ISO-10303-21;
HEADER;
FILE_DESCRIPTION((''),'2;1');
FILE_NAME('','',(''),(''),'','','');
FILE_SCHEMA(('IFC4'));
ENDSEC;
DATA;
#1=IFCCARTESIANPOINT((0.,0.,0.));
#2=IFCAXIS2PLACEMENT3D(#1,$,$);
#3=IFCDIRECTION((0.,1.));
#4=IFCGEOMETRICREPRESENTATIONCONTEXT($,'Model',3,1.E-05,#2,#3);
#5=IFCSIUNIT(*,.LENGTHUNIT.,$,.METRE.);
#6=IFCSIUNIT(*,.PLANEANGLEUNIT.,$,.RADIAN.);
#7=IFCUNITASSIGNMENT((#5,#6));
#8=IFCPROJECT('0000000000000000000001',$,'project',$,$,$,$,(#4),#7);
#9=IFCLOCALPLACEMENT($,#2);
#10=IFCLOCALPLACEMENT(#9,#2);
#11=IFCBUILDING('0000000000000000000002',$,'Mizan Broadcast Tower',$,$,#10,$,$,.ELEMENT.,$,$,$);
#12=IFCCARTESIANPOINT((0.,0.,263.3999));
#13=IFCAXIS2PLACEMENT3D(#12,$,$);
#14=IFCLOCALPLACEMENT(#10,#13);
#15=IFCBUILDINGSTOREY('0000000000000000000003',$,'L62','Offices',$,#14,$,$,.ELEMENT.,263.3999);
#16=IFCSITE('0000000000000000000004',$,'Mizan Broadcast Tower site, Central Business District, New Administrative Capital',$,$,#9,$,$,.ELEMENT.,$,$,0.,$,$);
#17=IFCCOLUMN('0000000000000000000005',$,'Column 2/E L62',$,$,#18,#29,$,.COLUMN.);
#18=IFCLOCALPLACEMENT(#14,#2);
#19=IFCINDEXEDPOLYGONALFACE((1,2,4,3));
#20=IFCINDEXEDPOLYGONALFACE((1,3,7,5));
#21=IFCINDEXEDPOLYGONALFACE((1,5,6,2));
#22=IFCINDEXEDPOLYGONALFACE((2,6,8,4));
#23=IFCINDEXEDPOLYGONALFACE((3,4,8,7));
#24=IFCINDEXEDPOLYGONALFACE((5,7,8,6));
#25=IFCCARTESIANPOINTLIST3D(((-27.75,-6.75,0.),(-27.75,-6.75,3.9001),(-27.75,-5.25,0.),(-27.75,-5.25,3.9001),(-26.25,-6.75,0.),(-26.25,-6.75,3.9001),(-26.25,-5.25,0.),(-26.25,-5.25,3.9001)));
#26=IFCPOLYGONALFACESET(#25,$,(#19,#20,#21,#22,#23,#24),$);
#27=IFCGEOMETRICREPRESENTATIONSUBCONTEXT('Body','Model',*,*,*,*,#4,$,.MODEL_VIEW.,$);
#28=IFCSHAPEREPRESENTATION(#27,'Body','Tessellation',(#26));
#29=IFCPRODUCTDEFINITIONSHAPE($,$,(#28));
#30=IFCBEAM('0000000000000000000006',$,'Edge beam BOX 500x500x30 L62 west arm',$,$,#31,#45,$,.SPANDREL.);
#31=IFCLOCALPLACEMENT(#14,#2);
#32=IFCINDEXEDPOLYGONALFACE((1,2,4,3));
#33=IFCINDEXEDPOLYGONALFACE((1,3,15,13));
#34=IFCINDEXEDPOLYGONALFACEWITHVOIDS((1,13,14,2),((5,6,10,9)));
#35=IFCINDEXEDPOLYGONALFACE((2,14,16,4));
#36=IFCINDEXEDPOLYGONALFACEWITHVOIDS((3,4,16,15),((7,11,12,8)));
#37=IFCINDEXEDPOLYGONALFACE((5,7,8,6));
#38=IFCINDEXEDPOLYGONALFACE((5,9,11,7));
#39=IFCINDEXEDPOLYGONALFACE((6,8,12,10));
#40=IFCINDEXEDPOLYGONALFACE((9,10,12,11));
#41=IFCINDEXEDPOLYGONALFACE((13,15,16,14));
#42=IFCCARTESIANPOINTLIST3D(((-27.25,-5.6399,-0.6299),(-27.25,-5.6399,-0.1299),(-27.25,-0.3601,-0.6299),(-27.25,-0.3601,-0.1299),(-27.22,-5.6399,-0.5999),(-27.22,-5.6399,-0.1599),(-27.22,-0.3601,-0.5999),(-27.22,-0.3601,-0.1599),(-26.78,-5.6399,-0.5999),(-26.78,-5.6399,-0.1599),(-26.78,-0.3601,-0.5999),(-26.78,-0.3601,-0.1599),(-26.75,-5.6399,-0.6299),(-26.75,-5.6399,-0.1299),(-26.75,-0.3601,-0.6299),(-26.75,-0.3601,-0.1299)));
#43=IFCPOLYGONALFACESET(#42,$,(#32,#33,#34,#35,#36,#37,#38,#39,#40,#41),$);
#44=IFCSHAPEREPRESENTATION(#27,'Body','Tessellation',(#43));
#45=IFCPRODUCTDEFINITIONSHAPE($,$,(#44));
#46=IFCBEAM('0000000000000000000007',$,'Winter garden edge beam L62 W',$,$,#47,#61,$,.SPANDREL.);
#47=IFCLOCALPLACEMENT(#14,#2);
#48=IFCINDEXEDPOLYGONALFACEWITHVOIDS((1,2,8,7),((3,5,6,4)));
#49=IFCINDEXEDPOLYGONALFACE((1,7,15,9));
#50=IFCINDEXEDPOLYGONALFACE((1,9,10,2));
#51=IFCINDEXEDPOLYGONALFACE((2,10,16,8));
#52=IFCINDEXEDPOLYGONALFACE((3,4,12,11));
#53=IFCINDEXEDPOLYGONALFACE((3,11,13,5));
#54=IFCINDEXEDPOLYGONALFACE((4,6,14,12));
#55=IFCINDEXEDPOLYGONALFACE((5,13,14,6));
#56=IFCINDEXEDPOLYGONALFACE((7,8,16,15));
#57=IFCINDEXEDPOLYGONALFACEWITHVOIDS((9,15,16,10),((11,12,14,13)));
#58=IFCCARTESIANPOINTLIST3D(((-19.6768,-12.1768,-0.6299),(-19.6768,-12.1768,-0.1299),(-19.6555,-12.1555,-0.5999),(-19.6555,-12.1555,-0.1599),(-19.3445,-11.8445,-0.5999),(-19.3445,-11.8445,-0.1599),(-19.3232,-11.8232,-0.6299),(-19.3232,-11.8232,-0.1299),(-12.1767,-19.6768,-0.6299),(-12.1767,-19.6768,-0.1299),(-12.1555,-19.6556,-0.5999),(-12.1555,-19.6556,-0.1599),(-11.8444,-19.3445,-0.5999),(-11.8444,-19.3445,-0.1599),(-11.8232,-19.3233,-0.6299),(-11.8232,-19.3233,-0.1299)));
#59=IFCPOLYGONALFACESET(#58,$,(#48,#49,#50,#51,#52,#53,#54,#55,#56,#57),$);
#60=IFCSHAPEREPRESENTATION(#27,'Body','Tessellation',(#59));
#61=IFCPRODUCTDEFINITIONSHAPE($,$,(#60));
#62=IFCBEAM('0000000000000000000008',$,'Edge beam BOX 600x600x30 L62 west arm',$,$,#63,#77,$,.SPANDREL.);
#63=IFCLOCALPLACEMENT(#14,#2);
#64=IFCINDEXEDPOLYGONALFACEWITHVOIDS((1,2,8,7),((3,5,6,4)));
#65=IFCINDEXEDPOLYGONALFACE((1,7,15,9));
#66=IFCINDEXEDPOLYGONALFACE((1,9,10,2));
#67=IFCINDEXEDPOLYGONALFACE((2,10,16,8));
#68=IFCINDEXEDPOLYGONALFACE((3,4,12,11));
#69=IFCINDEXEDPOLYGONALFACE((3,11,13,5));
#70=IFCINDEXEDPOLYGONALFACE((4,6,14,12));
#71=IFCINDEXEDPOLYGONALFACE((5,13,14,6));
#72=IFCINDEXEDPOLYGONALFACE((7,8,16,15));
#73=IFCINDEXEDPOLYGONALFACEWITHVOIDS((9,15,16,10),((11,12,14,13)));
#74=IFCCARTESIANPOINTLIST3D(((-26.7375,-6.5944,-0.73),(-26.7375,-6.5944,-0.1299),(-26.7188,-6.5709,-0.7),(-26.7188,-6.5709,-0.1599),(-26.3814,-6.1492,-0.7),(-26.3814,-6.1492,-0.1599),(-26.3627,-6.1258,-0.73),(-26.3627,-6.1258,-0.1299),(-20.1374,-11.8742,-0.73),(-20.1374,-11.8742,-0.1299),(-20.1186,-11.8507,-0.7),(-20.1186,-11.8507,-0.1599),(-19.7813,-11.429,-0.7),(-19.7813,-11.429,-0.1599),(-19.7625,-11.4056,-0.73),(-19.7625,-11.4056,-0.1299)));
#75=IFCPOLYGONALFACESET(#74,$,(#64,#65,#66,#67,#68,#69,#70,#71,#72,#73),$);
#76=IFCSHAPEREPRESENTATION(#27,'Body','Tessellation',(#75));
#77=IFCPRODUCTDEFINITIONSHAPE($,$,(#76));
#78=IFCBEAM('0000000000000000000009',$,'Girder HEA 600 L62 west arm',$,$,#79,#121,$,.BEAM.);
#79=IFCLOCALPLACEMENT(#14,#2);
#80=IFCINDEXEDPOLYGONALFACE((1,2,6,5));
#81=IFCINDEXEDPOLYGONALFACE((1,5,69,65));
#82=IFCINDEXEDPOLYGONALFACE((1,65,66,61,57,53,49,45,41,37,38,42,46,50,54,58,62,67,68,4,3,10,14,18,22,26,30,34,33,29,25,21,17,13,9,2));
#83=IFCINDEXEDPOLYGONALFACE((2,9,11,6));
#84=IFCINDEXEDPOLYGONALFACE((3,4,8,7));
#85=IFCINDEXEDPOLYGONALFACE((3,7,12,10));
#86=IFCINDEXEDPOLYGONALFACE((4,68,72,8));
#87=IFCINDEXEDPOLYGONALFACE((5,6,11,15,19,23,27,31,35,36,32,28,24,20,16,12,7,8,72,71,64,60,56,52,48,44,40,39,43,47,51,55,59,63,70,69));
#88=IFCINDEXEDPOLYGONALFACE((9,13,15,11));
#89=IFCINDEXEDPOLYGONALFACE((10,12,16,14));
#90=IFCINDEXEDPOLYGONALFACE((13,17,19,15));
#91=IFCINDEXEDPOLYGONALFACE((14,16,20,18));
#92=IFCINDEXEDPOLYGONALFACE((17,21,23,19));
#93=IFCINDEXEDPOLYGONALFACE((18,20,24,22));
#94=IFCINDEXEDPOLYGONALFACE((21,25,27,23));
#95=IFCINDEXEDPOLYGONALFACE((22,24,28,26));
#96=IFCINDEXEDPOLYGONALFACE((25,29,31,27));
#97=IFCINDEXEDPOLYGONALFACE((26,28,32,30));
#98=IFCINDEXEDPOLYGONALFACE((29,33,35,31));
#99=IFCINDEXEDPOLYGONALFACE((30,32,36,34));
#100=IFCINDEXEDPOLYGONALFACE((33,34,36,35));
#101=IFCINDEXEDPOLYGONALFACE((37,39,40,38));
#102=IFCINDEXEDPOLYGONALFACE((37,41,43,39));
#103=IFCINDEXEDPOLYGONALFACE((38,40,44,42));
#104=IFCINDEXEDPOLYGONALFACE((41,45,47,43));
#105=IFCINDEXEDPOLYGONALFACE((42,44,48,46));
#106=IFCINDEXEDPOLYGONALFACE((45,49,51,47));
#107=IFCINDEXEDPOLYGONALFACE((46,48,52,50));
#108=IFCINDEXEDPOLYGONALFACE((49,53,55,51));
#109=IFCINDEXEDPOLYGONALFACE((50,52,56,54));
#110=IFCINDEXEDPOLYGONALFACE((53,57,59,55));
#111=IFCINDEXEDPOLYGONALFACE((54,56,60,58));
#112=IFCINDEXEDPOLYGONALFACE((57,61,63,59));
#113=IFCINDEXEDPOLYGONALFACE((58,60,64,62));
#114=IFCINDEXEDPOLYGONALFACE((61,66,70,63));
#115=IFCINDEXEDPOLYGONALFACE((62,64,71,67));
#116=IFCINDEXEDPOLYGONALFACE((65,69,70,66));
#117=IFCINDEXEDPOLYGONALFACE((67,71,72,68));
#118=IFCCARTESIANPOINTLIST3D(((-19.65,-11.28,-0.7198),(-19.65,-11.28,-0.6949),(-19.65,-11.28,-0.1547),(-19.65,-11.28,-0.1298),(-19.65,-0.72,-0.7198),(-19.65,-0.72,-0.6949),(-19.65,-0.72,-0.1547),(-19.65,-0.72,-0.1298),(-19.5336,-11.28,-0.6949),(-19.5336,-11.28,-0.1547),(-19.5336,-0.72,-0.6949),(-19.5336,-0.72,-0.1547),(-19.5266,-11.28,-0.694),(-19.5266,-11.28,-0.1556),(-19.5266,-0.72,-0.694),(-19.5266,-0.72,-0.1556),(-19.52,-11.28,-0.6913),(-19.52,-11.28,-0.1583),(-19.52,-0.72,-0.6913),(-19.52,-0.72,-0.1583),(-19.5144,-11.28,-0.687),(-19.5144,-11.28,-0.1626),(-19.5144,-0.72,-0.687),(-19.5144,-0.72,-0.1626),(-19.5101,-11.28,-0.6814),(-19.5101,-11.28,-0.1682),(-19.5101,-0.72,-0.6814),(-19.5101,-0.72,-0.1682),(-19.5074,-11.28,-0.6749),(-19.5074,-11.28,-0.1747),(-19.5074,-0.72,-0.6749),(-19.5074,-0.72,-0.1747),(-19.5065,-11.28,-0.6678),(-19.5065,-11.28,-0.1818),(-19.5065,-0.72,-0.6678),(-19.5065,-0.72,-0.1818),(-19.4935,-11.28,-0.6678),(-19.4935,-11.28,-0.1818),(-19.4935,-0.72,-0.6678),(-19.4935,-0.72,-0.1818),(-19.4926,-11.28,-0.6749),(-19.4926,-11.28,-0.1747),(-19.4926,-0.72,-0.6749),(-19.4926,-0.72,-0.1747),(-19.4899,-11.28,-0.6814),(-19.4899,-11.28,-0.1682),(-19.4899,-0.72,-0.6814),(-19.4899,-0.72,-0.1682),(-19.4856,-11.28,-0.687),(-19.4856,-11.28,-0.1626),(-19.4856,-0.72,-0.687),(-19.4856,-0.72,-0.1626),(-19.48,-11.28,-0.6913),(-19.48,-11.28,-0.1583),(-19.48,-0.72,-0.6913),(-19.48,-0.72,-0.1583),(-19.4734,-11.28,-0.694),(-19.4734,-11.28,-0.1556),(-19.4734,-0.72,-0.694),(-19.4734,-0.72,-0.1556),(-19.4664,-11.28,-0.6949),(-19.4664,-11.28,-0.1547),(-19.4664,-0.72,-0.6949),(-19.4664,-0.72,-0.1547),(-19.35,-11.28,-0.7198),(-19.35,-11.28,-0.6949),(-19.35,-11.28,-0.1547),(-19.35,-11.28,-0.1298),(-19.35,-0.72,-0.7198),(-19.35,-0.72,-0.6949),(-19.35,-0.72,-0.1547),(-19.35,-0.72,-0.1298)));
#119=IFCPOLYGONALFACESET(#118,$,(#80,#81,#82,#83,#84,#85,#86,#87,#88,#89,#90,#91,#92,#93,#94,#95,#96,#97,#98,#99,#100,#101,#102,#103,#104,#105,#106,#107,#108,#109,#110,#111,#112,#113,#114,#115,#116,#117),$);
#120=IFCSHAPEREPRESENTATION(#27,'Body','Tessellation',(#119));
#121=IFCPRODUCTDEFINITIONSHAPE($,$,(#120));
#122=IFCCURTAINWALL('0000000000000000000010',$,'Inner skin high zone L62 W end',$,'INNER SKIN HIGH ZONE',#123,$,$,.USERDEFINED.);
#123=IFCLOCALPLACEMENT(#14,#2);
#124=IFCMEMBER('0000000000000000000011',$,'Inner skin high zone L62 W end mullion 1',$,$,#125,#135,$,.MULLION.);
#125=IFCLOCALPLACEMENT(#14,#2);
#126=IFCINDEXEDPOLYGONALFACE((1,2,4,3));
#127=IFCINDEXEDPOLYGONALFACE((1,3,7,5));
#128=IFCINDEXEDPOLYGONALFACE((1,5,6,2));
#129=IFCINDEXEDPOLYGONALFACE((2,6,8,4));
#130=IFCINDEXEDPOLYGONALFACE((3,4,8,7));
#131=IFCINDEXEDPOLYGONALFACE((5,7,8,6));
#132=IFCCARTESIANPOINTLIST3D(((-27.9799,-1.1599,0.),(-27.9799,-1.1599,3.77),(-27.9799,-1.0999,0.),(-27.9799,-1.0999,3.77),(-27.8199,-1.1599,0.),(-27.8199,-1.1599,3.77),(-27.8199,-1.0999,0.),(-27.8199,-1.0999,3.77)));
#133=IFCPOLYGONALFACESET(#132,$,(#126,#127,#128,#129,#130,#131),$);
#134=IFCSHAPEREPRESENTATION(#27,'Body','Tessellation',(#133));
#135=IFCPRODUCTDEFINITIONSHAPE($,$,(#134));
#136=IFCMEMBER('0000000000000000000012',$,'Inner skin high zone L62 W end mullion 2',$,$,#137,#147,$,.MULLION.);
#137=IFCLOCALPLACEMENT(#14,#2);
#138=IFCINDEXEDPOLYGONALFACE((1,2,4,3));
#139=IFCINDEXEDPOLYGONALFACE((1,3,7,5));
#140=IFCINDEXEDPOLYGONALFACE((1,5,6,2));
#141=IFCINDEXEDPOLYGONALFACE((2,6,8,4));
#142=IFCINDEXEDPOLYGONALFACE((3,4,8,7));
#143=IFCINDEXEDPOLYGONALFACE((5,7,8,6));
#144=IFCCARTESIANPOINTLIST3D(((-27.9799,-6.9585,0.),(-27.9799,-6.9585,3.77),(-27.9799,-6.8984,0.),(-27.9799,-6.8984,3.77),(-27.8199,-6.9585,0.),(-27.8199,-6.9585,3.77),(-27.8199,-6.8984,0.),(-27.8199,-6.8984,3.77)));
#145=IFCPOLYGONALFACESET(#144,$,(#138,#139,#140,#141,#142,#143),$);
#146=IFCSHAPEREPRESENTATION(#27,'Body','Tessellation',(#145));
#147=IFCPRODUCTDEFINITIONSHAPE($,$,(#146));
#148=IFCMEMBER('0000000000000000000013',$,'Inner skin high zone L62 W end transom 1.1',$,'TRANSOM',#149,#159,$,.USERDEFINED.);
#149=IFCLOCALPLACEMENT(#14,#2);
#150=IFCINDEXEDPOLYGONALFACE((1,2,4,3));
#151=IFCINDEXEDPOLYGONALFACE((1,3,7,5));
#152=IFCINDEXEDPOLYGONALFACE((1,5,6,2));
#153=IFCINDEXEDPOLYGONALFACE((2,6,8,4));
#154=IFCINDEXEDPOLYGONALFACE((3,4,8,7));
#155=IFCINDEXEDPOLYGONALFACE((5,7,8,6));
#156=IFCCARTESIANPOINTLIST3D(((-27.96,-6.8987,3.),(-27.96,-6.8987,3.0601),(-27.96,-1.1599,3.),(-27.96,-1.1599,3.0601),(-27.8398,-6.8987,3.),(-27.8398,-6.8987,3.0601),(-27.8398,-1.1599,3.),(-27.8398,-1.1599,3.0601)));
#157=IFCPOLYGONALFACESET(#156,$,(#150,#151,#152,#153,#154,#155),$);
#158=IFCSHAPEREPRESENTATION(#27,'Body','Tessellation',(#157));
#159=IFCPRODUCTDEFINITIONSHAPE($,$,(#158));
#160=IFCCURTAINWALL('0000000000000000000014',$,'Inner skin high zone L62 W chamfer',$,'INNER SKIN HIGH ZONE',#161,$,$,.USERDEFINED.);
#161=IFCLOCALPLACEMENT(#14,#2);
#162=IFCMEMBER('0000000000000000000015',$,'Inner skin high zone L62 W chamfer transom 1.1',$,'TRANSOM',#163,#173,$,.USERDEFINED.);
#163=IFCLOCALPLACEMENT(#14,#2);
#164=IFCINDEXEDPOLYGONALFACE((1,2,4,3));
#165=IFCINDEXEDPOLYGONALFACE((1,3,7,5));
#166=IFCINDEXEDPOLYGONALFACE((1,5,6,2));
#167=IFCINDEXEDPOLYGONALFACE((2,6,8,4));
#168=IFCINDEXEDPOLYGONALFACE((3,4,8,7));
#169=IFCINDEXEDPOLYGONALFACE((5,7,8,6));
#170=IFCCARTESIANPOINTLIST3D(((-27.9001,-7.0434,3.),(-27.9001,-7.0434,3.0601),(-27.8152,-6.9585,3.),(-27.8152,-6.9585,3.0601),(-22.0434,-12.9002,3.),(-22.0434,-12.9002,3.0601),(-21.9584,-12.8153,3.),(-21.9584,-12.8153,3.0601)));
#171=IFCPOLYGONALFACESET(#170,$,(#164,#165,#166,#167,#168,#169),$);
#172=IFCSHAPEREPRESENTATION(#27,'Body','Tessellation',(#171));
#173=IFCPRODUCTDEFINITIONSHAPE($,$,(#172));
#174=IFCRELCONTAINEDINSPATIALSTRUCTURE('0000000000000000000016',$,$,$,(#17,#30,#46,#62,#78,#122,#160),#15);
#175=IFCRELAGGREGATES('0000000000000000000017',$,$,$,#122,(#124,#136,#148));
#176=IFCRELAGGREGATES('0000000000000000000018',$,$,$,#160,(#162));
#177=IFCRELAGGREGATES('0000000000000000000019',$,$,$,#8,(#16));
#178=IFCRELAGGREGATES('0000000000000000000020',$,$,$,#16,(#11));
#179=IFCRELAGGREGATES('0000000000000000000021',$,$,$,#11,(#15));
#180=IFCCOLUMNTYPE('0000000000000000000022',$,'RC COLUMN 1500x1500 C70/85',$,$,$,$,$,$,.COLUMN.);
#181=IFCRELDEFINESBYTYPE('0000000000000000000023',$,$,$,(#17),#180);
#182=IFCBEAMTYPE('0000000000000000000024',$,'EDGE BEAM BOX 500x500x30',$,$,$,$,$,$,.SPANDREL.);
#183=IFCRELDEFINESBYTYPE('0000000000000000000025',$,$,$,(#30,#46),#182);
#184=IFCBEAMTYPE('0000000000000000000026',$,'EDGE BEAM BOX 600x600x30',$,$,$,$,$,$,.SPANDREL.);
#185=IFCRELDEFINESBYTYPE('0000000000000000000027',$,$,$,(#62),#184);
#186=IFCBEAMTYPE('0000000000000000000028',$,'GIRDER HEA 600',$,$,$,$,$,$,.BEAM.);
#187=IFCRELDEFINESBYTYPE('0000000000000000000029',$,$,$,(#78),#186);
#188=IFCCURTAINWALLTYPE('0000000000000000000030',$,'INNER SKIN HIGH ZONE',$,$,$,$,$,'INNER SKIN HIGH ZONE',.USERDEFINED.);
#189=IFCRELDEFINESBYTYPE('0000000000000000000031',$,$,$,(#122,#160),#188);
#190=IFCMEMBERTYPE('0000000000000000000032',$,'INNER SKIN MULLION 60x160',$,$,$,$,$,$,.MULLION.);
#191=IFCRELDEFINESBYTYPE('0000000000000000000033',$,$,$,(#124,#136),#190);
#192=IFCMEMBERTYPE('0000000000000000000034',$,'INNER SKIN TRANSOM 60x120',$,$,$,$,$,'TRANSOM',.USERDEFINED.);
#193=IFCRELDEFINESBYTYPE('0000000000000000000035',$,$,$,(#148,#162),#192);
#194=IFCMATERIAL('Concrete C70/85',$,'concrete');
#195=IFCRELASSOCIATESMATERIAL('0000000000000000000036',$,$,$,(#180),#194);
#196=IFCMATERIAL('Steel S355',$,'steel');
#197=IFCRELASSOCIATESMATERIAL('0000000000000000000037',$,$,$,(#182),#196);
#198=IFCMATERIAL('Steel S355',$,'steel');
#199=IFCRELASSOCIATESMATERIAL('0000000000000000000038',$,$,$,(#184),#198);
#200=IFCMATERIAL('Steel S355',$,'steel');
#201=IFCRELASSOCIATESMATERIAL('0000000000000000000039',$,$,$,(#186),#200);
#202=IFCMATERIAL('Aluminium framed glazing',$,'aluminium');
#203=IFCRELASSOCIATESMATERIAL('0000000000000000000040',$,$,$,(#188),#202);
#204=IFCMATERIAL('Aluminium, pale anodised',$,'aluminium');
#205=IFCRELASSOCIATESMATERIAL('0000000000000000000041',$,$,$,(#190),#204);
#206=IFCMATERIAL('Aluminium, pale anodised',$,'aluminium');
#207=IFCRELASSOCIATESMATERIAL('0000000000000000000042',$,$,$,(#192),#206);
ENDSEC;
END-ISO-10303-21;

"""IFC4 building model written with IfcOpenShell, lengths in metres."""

from ifc_helpers import new_model, si_unit, direction, frame, origin, origin_2d, place, context, subcontext, project, spatial, rectangle, hollow_rectangle, i_section, extrude, material, material_profile, profile_set, type_object, element, aggregate, save


model = new_model("IFC4")

# Units and contexts
model_context = context("Model", 3, precision=1e-05, world=origin(), true_north=direction((0.0, 1.0)))
body_context = subcontext(model_context, "Body", "Model", "MODEL_VIEW")
ifc_project = project(units=[si_unit("LENGTHUNIT", "METRE"), si_unit("PLANEANGLEUNIT", "RADIAN")], contexts=[model_context])

# Site, building, storey
site_placement = place(None, origin())
site = spatial("IfcSite", under=ifc_project, at=site_placement, Name="Mizan Broadcast Tower site, Central Business District, New Administrative Capital", CompositionType="ELEMENT", RefElevation=0.0)
building_placement = place(site_placement, origin())
building = spatial("IfcBuilding", under=site, at=building_placement, Name="Mizan Broadcast Tower", CompositionType="ELEMENT")
storey_placement = place(building_placement, frame((0.0, 0.0, 263.3999)))
storey = spatial("IfcBuildingStorey", under=building, at=storey_placement, Name="L62", Description="Offices", CompositionType="ELEMENT", Elevation=263.3999)

# Column
ifc_material_1 = material(Name="Concrete C70/85", Category="concrete")
ifc_material_profile_1 = material_profile(ifc_material_1, rectangle(XDim=1.5, YDim=1.5, at=origin_2d()), Name="RC 1500x1500")
ifc_profile_set_1 = profile_set([ifc_material_profile_1], Name="Concrete C70/85")
column_type = type_object("IfcColumnType", Name="RC COLUMN 1500x1500 C70/85", PredefinedType="COLUMN", material=ifc_profile_set_1)
column_placement = place(storey_placement, frame((-27.0, -6.0, 0.0), z_axis=(0.0, 0.0, 1.0), x_axis=(1.0, 0.0, 0.0)))
element("IfcColumn", 1, at=column_placement, inside=storey, type_object=column_type, Name="Column 2/E L62", PredefinedType="COLUMN", context=body_context, shape_type="SweptSolid", body=[
    extrude(rectangle(XDim=1.5, YDim=1.5, at=origin_2d()), origin(), (0.0, 0.0, 1.0), 3.9001),
])

# Beams
ifc_material_2 = material(Name="Steel S355", Category="steel")
ifc_material_profile_2 = material_profile(ifc_material_2, hollow_rectangle(XDim=0.5, YDim=0.5, WallThickness=0.03, at=origin_2d()), Name="BOX 500x500x30")
ifc_profile_set_2 = profile_set([ifc_material_profile_2], Name="Steel S355")
beam_type_1 = type_object("IfcBeamType", Name="EDGE BEAM BOX 500x500x30", PredefinedType="SPANDREL", material=ifc_profile_set_2)
beam_1_placement = place(storey_placement, frame((-27.0, -5.6399, -0.3799), z_axis=(0.0, 1.0, 0.0), x_axis=(-1.0, 0.0, 0.0)))
element("IfcBeam", 2, at=beam_1_placement, inside=storey, type_object=beam_type_1, Name="Edge beam BOX 500x500x30 L62 west arm", PredefinedType="SPANDREL", context=body_context, shape_type="SweptSolid", body=[
    extrude(hollow_rectangle(XDim=0.5, YDim=0.5, WallThickness=0.03, at=origin_2d()), origin(), (0.0, 0.0, 1.0), 5.2798),
])
beam_2_placement = place(storey_placement, frame((-19.5, -12.0, -0.3799), z_axis=(0.707107, -0.707107, 0.0), x_axis=(0.707107, 0.707107, 0.0)))
element("IfcBeam", 3, at=beam_2_placement, inside=storey, type_object=beam_type_1, Name="Winter garden edge beam L62 W", PredefinedType="SPANDREL", context=body_context, shape_type="SweptSolid", body=[
    extrude(hollow_rectangle(XDim=0.5, YDim=0.5, WallThickness=0.03, at=origin_2d()), origin(), (0.0, 0.0, 1.0), 10.6067),
])
ifc_material_3 = material(Name="Steel S355", Category="steel")
ifc_material_profile_3 = material_profile(ifc_material_3, hollow_rectangle(XDim=0.6001, YDim=0.6001, WallThickness=0.03, at=origin_2d()), Name="BOX 600x600x30")
ifc_profile_set_3 = profile_set([ifc_material_profile_3], Name="Steel S355")
beam_type_2 = type_object("IfcBeamType", Name="EDGE BEAM BOX 600x600x30", PredefinedType="SPANDREL", material=ifc_profile_set_3)
beam_3_placement = place(storey_placement, frame((-19.95, -11.6399, -0.4299), z_axis=(-0.780886, 0.624674, 0.0), x_axis=(-0.624674, -0.780886, 0.0)))
element("IfcBeam", 4, at=beam_3_placement, inside=storey, type_object=beam_type_2, Name="Edge beam BOX 600x600x30 L62 west arm", PredefinedType="SPANDREL", context=body_context, shape_type="SweptSolid", body=[
    extrude(hollow_rectangle(XDim=0.6001, YDim=0.6001, WallThickness=0.03, at=origin_2d()), origin(), (0.0, 0.0, 1.0), 8.4521),
])
ifc_material_4 = material(Name="Steel S355", Category="steel")
ifc_material_profile_4 = material_profile(ifc_material_4, i_section(OverallWidth=0.3, OverallDepth=0.5901, WebThickness=0.0129, FlangeThickness=0.0249, FilletRadius=0.0271, at=origin_2d()), Name="HEA 600")
ifc_profile_set_4 = profile_set([ifc_material_profile_4], Name="Steel S355")
beam_type_3 = type_object("IfcBeamType", Name="GIRDER HEA 600", PredefinedType="BEAM", material=ifc_profile_set_4)
beam_4_placement = place(storey_placement, frame((-19.5, -11.28, -0.4248), z_axis=(0.0, 1.0, 0.0), x_axis=(-1.0, 0.0, 0.0)))
element("IfcBeam", 5, at=beam_4_placement, inside=storey, type_object=beam_type_3, Name="Girder HEA 600 L62 west arm", PredefinedType="BEAM", context=body_context, shape_type="SweptSolid", body=[
    extrude(i_section(OverallWidth=0.3, OverallDepth=0.5901, WebThickness=0.0129, FlangeThickness=0.0249, FilletRadius=0.0271, at=origin_2d()), origin(), (0.0, 0.0, 1.0), 10.5601),
])

# Curtain wall, members
ifc_material_5 = material(Name="Aluminium framed glazing", Category="aluminium")
curtain_wall_type_1 = type_object("IfcCurtainWallType", Name="INNER SKIN HIGH ZONE", ElementType="INNER SKIN HIGH ZONE", PredefinedType="USERDEFINED", material=ifc_material_5)
curtain_wall_1_placement = place(storey_placement, origin())
curtain_wall_1 = element("IfcCurtainWall", 6, at=curtain_wall_1_placement, inside=storey, type_object=curtain_wall_type_1, Name="Inner skin high zone L62 W end", ObjectType="INNER SKIN HIGH ZONE", PredefinedType="USERDEFINED")
ifc_material_6 = material(Name="Aluminium, pale anodised", Category="aluminium")
ifc_material_profile_5 = material_profile(ifc_material_6, rectangle(XDim=0.1599, YDim=0.0601, at=origin_2d()), Name="MULLION 160x60")
ifc_profile_set_5 = profile_set([ifc_material_profile_5], Name="Aluminium, pale anodised")
member_type_1 = type_object("IfcMemberType", Name="INNER SKIN MULLION 60x160", PredefinedType="MULLION", material=ifc_profile_set_5)
member_1_placement = place(storey_placement, frame((-27.8999, -1.1299, 0.0), z_axis=(0.0, 0.0, 1.0), x_axis=(1.0, 0.0, 0.0)))
member_1 = element("IfcMember", 7, at=member_1_placement, type_object=member_type_1, Name="Inner skin high zone L62 W end mullion 1", PredefinedType="MULLION", context=body_context, shape_type="SweptSolid", body=[
    extrude(rectangle(XDim=0.1599, YDim=0.0601, at=origin_2d()), origin(), (0.0, 0.0, 1.0), 3.77),
])
member_2_placement = place(storey_placement, frame((-27.8999, -6.9285, 0.0), z_axis=(0.0, 0.0, 1.0), x_axis=(1.0, 0.0, 0.0)))
member_2 = element("IfcMember", 8, at=member_2_placement, type_object=member_type_1, Name="Inner skin high zone L62 W end mullion 2", PredefinedType="MULLION", context=body_context, shape_type="SweptSolid", body=[
    extrude(rectangle(XDim=0.1599, YDim=0.0601, at=origin_2d()), origin(), (0.0, 0.0, 1.0), 3.77),
])
ifc_material_7 = material(Name="Aluminium, pale anodised", Category="aluminium")
ifc_material_profile_6 = material_profile(ifc_material_7, rectangle(XDim=0.1201, YDim=0.0601, at=origin_2d()), Name="TRANSOM 120x60")
ifc_profile_set_6 = profile_set([ifc_material_profile_6], Name="Aluminium, pale anodised")
member_type_2 = type_object("IfcMemberType", Name="INNER SKIN TRANSOM 60x120", ElementType="TRANSOM", PredefinedType="USERDEFINED", material=ifc_profile_set_6)
member_3_placement = place(storey_placement, frame((-27.8999, -1.1599, 3.03), z_axis=(0.0, -1.0, 0.0), x_axis=(1.0, 0.0, 0.0)))
member_3 = element("IfcMember", 9, at=member_3_placement, type_object=member_type_2, Name="Inner skin high zone L62 W end transom 1.1", ObjectType="TRANSOM", PredefinedType="USERDEFINED", context=body_context, shape_type="SweptSolid", body=[
    extrude(rectangle(XDim=0.1201, YDim=0.0601, at=origin_2d()), origin(), (0.0, 0.0, 1.0), 5.7388),
])

# Curtain wall, member
curtain_wall_2_placement = place(storey_placement, origin())
curtain_wall_2 = element("IfcCurtainWall", 10, at=curtain_wall_2_placement, inside=storey, type_object=curtain_wall_type_1, Name="Inner skin high zone L62 W chamfer", ObjectType="INNER SKIN HIGH ZONE", PredefinedType="USERDEFINED")
member_4_placement = place(storey_placement, frame((-27.8577, -7.001, 3.03), z_axis=(0.707107, -0.707107, 0.0), x_axis=(0.707107, 0.707107, 0.0)))
member_4 = element("IfcMember", 11, at=member_4_placement, type_object=member_type_2, Name="Inner skin high zone L62 W chamfer transom 1.1", ObjectType="TRANSOM", PredefinedType="USERDEFINED", context=body_context, shape_type="SweptSolid", body=[
    extrude(rectangle(XDim=0.1201, YDim=0.0601, at=origin_2d()), origin(), (0.0, 0.0, 1.0), 8.2827),
])

aggregate(curtain_wall_1, [member_1, member_2, member_3])
aggregate(curtain_wall_2, [member_4])

save(model, "model.ifc")
